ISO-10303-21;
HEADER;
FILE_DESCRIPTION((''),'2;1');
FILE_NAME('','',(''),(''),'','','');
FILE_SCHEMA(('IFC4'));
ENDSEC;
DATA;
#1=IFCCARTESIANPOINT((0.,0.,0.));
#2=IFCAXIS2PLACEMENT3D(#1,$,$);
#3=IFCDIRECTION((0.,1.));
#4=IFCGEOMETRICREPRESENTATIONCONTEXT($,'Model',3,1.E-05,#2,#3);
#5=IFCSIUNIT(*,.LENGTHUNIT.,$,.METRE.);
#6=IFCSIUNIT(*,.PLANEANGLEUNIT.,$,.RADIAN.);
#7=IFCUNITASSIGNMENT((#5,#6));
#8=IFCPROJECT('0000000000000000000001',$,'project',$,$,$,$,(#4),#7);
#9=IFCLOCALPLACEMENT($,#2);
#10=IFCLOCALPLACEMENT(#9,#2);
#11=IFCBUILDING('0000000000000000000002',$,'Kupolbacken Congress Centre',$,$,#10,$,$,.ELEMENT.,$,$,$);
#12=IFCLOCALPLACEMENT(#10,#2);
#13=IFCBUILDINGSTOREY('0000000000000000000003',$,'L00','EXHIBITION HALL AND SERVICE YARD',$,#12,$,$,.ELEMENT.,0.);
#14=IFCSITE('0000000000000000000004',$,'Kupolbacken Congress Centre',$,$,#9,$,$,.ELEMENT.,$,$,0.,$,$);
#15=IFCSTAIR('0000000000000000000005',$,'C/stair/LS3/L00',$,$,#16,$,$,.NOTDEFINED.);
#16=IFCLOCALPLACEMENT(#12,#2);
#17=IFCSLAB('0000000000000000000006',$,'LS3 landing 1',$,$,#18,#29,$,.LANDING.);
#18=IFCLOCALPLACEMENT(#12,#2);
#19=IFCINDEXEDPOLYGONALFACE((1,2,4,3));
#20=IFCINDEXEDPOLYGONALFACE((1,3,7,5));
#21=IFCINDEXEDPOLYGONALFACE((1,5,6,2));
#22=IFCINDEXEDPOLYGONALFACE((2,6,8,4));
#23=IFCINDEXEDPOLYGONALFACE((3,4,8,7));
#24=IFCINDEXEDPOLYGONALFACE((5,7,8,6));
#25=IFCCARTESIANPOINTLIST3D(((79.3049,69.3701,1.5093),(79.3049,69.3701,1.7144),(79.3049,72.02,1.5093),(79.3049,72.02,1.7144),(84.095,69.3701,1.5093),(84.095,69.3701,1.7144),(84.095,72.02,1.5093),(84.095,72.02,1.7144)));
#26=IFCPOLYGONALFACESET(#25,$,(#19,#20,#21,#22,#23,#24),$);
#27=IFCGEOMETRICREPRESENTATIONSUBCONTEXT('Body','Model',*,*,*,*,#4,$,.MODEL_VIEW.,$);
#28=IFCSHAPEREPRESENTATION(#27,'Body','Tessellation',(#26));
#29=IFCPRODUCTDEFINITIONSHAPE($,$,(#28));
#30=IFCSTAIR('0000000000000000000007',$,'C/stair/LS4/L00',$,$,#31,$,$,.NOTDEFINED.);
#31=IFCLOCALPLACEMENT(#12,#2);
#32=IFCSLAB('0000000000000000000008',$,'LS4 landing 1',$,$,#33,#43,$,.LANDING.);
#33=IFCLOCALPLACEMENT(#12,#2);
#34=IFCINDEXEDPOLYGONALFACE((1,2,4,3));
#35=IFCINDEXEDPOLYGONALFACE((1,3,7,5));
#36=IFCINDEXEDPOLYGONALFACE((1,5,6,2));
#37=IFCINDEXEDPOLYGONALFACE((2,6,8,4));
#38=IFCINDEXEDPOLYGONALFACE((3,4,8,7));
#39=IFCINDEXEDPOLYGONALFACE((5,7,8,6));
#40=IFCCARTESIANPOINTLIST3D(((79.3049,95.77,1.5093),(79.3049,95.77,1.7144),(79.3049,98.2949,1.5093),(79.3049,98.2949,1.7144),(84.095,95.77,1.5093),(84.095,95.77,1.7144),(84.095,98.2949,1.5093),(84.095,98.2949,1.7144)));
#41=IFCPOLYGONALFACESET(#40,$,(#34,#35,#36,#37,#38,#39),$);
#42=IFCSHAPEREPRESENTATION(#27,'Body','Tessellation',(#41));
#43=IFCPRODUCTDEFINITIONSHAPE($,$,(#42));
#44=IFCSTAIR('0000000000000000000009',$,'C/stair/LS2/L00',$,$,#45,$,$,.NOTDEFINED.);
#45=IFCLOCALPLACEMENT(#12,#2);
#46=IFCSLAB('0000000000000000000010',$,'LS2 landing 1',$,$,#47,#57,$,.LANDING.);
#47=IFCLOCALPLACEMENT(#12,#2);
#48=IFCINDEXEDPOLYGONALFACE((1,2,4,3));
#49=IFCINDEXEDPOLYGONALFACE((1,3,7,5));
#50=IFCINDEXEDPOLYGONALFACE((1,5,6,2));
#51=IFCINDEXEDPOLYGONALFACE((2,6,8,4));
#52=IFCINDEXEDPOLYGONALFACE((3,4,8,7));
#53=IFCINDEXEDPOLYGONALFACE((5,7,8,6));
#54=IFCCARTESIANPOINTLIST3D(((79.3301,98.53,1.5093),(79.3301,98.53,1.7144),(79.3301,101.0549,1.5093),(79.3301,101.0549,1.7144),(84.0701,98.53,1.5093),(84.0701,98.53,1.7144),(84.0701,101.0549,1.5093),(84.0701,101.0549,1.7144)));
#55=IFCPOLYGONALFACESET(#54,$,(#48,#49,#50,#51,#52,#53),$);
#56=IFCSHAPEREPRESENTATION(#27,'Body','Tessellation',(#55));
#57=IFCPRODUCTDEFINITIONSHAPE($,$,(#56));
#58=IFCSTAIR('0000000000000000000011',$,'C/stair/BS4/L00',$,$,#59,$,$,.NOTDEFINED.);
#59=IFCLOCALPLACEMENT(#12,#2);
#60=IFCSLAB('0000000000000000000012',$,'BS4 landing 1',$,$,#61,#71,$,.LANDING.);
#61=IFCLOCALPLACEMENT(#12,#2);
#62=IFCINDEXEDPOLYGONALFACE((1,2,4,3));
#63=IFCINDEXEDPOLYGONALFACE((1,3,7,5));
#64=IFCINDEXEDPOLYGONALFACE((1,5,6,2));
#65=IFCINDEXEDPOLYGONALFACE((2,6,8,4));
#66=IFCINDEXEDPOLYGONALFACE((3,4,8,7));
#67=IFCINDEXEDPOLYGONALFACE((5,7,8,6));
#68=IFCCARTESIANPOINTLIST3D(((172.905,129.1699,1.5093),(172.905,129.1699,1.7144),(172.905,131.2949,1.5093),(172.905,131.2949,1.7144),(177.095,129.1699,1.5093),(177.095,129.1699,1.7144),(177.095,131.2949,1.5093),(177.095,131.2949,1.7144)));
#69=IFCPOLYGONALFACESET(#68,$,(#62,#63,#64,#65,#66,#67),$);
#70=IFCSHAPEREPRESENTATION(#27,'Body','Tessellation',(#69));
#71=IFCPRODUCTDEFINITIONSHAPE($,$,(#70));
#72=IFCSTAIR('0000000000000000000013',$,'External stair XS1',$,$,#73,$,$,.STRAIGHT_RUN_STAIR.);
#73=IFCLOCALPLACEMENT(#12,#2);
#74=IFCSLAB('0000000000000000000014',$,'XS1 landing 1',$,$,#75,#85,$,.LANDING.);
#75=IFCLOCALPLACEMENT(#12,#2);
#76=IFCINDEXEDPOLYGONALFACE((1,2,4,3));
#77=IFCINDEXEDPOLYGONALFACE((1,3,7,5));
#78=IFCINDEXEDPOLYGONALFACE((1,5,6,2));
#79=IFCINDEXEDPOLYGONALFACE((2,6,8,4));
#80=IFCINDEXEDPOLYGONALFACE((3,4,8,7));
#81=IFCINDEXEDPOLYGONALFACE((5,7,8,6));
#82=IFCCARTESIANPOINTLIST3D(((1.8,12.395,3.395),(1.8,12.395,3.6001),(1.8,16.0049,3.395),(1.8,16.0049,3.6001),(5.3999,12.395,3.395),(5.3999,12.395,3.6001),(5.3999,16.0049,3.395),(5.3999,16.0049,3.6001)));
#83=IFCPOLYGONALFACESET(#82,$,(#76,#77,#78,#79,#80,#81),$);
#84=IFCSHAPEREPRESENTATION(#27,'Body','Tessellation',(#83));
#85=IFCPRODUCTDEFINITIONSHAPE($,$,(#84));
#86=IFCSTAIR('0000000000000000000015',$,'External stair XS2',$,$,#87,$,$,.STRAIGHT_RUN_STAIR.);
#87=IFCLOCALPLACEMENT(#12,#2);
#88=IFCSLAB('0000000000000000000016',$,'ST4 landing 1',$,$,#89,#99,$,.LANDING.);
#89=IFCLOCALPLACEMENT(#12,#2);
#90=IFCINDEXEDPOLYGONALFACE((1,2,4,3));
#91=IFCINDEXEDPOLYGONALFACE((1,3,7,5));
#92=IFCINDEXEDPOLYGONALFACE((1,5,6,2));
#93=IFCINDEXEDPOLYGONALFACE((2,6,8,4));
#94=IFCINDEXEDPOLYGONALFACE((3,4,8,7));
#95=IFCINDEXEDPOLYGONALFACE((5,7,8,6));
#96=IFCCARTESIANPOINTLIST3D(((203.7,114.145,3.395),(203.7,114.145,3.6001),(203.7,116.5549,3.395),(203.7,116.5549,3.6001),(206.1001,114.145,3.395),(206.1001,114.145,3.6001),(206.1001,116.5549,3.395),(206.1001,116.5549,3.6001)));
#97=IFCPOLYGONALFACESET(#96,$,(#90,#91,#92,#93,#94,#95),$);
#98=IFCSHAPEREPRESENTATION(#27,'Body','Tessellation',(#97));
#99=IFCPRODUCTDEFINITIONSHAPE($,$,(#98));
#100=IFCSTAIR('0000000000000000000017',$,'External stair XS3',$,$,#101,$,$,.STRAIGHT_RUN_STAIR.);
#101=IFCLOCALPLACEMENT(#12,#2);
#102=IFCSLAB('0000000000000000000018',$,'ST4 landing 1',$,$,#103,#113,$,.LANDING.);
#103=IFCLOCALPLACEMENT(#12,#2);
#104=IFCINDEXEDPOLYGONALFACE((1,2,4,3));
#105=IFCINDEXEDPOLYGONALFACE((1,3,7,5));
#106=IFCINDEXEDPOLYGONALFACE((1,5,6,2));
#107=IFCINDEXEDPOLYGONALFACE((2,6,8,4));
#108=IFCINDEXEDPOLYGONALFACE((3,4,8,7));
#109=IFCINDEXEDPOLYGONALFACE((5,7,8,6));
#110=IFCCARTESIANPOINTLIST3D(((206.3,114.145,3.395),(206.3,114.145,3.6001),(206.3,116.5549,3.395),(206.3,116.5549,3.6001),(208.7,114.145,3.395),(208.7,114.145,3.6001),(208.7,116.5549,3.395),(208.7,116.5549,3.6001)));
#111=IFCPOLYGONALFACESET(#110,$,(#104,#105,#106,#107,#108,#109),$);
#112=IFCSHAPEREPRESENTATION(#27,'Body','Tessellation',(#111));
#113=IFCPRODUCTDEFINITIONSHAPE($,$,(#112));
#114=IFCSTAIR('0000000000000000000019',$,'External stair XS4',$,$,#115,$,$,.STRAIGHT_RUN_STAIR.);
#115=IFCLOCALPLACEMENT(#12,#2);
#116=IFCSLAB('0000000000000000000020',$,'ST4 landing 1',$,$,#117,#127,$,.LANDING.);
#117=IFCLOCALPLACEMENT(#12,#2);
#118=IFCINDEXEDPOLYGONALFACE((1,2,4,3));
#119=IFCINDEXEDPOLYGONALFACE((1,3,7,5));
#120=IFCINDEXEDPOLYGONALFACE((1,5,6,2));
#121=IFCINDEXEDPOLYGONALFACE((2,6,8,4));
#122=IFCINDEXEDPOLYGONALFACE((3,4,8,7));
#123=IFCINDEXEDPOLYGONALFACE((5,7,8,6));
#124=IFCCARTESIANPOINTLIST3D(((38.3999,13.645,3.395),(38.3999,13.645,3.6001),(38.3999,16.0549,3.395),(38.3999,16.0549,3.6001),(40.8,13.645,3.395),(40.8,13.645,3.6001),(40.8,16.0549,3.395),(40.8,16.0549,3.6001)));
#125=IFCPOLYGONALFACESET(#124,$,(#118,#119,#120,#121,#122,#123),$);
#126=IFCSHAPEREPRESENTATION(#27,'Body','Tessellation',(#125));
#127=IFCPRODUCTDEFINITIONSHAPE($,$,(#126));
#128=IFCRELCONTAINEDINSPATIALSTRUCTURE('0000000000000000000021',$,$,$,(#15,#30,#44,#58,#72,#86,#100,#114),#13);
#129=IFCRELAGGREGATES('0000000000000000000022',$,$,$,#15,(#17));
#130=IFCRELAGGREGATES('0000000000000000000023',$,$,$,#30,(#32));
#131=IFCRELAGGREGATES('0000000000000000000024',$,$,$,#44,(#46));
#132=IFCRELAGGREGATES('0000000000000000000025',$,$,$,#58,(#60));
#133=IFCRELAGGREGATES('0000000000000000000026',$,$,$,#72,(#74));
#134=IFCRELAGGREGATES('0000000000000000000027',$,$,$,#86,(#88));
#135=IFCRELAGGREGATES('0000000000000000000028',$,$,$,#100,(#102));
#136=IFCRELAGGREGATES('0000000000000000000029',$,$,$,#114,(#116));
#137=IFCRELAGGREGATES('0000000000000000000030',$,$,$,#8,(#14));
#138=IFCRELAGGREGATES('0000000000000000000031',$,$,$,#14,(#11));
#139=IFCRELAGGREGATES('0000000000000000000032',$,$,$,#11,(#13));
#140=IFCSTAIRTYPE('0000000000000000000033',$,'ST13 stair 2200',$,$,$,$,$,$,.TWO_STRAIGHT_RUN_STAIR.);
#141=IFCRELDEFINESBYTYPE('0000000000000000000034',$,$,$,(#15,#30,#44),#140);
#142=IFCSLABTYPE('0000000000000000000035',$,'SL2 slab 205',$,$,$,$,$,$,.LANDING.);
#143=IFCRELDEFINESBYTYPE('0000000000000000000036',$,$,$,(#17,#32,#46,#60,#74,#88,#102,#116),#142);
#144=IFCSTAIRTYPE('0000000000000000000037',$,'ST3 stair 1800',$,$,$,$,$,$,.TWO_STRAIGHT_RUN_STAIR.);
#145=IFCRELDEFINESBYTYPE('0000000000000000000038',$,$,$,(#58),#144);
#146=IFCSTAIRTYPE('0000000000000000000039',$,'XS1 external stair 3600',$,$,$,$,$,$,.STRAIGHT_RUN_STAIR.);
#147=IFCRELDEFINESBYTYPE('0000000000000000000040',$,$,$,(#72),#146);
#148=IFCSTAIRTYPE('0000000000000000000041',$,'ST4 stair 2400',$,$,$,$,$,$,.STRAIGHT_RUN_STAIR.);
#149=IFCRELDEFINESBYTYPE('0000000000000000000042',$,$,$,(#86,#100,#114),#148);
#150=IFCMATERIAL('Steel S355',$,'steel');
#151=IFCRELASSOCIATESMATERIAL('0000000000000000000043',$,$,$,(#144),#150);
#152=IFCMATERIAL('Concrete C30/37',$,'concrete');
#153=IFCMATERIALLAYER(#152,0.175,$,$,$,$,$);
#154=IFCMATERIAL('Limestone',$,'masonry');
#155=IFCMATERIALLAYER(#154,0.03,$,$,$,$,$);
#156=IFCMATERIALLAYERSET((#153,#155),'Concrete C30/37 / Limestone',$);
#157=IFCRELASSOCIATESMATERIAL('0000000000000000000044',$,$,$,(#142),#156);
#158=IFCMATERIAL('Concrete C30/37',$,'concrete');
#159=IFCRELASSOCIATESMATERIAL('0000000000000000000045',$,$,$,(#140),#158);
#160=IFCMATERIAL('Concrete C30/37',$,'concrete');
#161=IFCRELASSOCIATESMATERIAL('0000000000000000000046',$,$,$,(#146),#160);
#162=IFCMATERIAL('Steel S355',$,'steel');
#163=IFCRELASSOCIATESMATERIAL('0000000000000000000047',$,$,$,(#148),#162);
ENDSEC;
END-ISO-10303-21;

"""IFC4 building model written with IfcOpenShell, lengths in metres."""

from ifc_helpers import new_model, si_unit, direction, frame, origin, place, context, subcontext, project, spatial, polyline, outline, extrude, material, layer, layer_set, type_object, element, aggregate, save


model = new_model("IFC4")

# Units and contexts
model_context = context("Model", 3, precision=1e-05, world=origin(), true_north=direction((0.0, 1.0)))
body_context = subcontext(model_context, "Body", "Model", "MODEL_VIEW")
ifc_project = project(units=[si_unit("LENGTHUNIT", "METRE"), si_unit("PLANEANGLEUNIT", "RADIAN")], contexts=[model_context])

# Site, building, storey
site_placement = place(None, origin())
site = spatial("IfcSite", under=ifc_project, at=site_placement, Name="Kupolbacken Congress Centre", CompositionType="ELEMENT", RefElevation=0.0)
building_placement = place(site_placement, origin())
building = spatial("IfcBuilding", under=site, at=building_placement, Name="Kupolbacken Congress Centre", CompositionType="ELEMENT")
storey_placement = place(building_placement, origin())
storey = spatial("IfcBuildingStorey", under=building, at=storey_placement, Name="L00", Description="EXHIBITION HALL AND SERVICE YARD", CompositionType="ELEMENT", Elevation=0.0)

# Stairs, slabs
ifc_material_1 = material(Name="Steel S355", Category="steel")
stair_type_1 = type_object("IfcStairType", Name="ST3 stair 1800", PredefinedType="TWO_STRAIGHT_RUN_STAIR", material=ifc_material_1)
ifc_material_2 = material(Name="Concrete C30/37", Category="concrete")
ifc_layer_1 = layer(ifc_material_2, 0.175)
ifc_material_3 = material(Name="Limestone", Category="masonry")
ifc_layer_2 = layer(ifc_material_3, 0.03)
ifc_layer_set_1 = layer_set([ifc_layer_1, ifc_layer_2], Name="Concrete C30/37 / Limestone")
slab_type_1 = type_object("IfcSlabType", Name="SL2 slab 205", PredefinedType="LANDING", material=ifc_layer_set_1)
ifc_material_4 = material(Name="Concrete C30/37", Category="concrete")
stair_type_2 = type_object("IfcStairType", Name="ST13 stair 2200", PredefinedType="TWO_STRAIGHT_RUN_STAIR", material=ifc_material_4)
stair_1_placement = place(storey_placement, origin())
stair_1 = element("IfcStair", 1, at=stair_1_placement, inside=storey, type_object=stair_type_2, Name="C/stair/LS3/L00", PredefinedType="NOTDEFINED")
slab_1_placement = place(storey_placement, frame((0.0, 0.0, 1.5093)))
slab_1 = element("IfcSlab", 2, at=slab_1_placement, type_object=slab_type_1, Name="LS3 landing 1", PredefinedType="LANDING", context=body_context, shape_type="SweptSolid", body=[
    extrude(outline(polyline([(79.3049, 69.3701), (84.095, 69.3701), (84.095, 72.02), (79.3049, 72.02), (79.3049, 69.3701)])), origin(), (0.0, 0.0, 1.0), 0.2051),
])
aggregate(stair_1, [slab_1])
stair_2_placement = place(storey_placement, origin())
stair_2 = element("IfcStair", 3, at=stair_2_placement, inside=storey, type_object=stair_type_2, Name="C/stair/LS4/L00", PredefinedType="NOTDEFINED")
slab_2_placement = place(storey_placement, frame((0.0, 0.0, 1.5093)))
slab_2 = element("IfcSlab", 4, at=slab_2_placement, type_object=slab_type_1, Name="LS4 landing 1", PredefinedType="LANDING", context=body_context, shape_type="SweptSolid", body=[
    extrude(outline(polyline([(79.3049, 95.77), (84.095, 95.77), (84.095, 98.2949), (79.3049, 98.2949), (79.3049, 95.77)])), origin(), (0.0, 0.0, 1.0), 0.2051),
])
aggregate(stair_2, [slab_2])
stair_3_placement = place(storey_placement, origin())
stair_3 = element("IfcStair", 5, at=stair_3_placement, inside=storey, type_object=stair_type_2, Name="C/stair/LS2/L00", PredefinedType="NOTDEFINED")
slab_3_placement = place(storey_placement, frame((0.0, 0.0, 1.5093)))
slab_3 = element("IfcSlab", 6, at=slab_3_placement, type_object=slab_type_1, Name="LS2 landing 1", PredefinedType="LANDING", context=body_context, shape_type="SweptSolid", body=[
    extrude(outline(polyline([(79.3301, 98.53), (84.0701, 98.53), (84.0701, 101.0549), (79.3301, 101.0549), (79.3301, 98.53)])), origin(), (0.0, 0.0, 1.0), 0.2051),
])
aggregate(stair_3, [slab_3])
stair_4_placement = place(storey_placement, origin())
stair_4 = element("IfcStair", 7, at=stair_4_placement, inside=storey, type_object=stair_type_1, Name="C/stair/BS4/L00", PredefinedType="NOTDEFINED")
slab_4_placement = place(storey_placement, frame((0.0, 0.0, 1.5093)))
slab_4 = element("IfcSlab", 8, at=slab_4_placement, type_object=slab_type_1, Name="BS4 landing 1", PredefinedType="LANDING", context=body_context, shape_type="SweptSolid", body=[
    extrude(outline(polyline([(172.905, 129.1699), (177.095, 129.1699), (177.095, 131.2949), (172.905, 131.2949), (172.905, 129.1699)])), origin(), (0.0, 0.0, 1.0), 0.2051),
])
aggregate(stair_4, [slab_4])
ifc_material_5 = material(Name="Concrete C30/37", Category="concrete")
stair_type_3 = type_object("IfcStairType", Name="XS1 external stair 3600", PredefinedType="STRAIGHT_RUN_STAIR", material=ifc_material_5)
stair_5_placement = place(storey_placement, origin())
stair_5 = element("IfcStair", 9, at=stair_5_placement, inside=storey, type_object=stair_type_3, Name="External stair XS1", PredefinedType="STRAIGHT_RUN_STAIR")
slab_5_placement = place(storey_placement, frame((0.0, 0.0, 3.395)))
slab_5 = element("IfcSlab", 10, at=slab_5_placement, type_object=slab_type_1, Name="XS1 landing 1", PredefinedType="LANDING", context=body_context, shape_type="SweptSolid", body=[
    extrude(outline(polyline([(1.8, 12.395), (5.3999, 12.395), (5.3999, 16.0049), (1.8, 16.0049), (1.8, 12.395)])), origin(), (0.0, 0.0, 1.0), 0.2051),
])
aggregate(stair_5, [slab_5])
ifc_material_6 = material(Name="Steel S355", Category="steel")
stair_type_4 = type_object("IfcStairType", Name="ST4 stair 2400", PredefinedType="STRAIGHT_RUN_STAIR", material=ifc_material_6)
stair_6_placement = place(storey_placement, origin())
stair_6 = element("IfcStair", 11, at=stair_6_placement, inside=storey, type_object=stair_type_4, Name="External stair XS2", PredefinedType="STRAIGHT_RUN_STAIR")
slab_6_placement = place(storey_placement, frame((0.0, 0.0, 3.395)))
slab_6 = element("IfcSlab", 12, at=slab_6_placement, type_object=slab_type_1, Name="ST4 landing 1", PredefinedType="LANDING", context=body_context, shape_type="SweptSolid", body=[
    extrude(outline(polyline([(203.7, 114.145), (206.1001, 114.145), (206.1001, 116.5549), (203.7, 116.5549), (203.7, 114.145)])), origin(), (0.0, 0.0, 1.0), 0.2051),
])
aggregate(stair_6, [slab_6])
stair_7_placement = place(storey_placement, origin())
stair_7 = element("IfcStair", 13, at=stair_7_placement, inside=storey, type_object=stair_type_4, Name="External stair XS3", PredefinedType="STRAIGHT_RUN_STAIR")
slab_7_placement = place(storey_placement, frame((0.0, 0.0, 3.395)))
slab_7 = element("IfcSlab", 14, at=slab_7_placement, type_object=slab_type_1, Name="ST4 landing 1", PredefinedType="LANDING", context=body_context, shape_type="SweptSolid", body=[
    extrude(outline(polyline([(206.3, 114.145), (208.7, 114.145), (208.7, 116.5549), (206.3, 116.5549), (206.3, 114.145)])), origin(), (0.0, 0.0, 1.0), 0.2051),
])
aggregate(stair_7, [slab_7])
stair_8_placement = place(storey_placement, origin())
stair_8 = element("IfcStair", 15, at=stair_8_placement, inside=storey, type_object=stair_type_4, Name="External stair XS4", PredefinedType="STRAIGHT_RUN_STAIR")
slab_8_placement = place(storey_placement, frame((0.0, 0.0, 3.395)))
slab_8 = element("IfcSlab", 16, at=slab_8_placement, type_object=slab_type_1, Name="ST4 landing 1", PredefinedType="LANDING", context=body_context, shape_type="SweptSolid", body=[
    extrude(outline(polyline([(38.3999, 13.645), (40.8, 13.645), (40.8, 16.0549), (38.3999, 16.0549), (38.3999, 13.645)])), origin(), (0.0, 0.0, 1.0), 0.2051),
])
aggregate(stair_8, [slab_8])

save(model, "model.ifc")
